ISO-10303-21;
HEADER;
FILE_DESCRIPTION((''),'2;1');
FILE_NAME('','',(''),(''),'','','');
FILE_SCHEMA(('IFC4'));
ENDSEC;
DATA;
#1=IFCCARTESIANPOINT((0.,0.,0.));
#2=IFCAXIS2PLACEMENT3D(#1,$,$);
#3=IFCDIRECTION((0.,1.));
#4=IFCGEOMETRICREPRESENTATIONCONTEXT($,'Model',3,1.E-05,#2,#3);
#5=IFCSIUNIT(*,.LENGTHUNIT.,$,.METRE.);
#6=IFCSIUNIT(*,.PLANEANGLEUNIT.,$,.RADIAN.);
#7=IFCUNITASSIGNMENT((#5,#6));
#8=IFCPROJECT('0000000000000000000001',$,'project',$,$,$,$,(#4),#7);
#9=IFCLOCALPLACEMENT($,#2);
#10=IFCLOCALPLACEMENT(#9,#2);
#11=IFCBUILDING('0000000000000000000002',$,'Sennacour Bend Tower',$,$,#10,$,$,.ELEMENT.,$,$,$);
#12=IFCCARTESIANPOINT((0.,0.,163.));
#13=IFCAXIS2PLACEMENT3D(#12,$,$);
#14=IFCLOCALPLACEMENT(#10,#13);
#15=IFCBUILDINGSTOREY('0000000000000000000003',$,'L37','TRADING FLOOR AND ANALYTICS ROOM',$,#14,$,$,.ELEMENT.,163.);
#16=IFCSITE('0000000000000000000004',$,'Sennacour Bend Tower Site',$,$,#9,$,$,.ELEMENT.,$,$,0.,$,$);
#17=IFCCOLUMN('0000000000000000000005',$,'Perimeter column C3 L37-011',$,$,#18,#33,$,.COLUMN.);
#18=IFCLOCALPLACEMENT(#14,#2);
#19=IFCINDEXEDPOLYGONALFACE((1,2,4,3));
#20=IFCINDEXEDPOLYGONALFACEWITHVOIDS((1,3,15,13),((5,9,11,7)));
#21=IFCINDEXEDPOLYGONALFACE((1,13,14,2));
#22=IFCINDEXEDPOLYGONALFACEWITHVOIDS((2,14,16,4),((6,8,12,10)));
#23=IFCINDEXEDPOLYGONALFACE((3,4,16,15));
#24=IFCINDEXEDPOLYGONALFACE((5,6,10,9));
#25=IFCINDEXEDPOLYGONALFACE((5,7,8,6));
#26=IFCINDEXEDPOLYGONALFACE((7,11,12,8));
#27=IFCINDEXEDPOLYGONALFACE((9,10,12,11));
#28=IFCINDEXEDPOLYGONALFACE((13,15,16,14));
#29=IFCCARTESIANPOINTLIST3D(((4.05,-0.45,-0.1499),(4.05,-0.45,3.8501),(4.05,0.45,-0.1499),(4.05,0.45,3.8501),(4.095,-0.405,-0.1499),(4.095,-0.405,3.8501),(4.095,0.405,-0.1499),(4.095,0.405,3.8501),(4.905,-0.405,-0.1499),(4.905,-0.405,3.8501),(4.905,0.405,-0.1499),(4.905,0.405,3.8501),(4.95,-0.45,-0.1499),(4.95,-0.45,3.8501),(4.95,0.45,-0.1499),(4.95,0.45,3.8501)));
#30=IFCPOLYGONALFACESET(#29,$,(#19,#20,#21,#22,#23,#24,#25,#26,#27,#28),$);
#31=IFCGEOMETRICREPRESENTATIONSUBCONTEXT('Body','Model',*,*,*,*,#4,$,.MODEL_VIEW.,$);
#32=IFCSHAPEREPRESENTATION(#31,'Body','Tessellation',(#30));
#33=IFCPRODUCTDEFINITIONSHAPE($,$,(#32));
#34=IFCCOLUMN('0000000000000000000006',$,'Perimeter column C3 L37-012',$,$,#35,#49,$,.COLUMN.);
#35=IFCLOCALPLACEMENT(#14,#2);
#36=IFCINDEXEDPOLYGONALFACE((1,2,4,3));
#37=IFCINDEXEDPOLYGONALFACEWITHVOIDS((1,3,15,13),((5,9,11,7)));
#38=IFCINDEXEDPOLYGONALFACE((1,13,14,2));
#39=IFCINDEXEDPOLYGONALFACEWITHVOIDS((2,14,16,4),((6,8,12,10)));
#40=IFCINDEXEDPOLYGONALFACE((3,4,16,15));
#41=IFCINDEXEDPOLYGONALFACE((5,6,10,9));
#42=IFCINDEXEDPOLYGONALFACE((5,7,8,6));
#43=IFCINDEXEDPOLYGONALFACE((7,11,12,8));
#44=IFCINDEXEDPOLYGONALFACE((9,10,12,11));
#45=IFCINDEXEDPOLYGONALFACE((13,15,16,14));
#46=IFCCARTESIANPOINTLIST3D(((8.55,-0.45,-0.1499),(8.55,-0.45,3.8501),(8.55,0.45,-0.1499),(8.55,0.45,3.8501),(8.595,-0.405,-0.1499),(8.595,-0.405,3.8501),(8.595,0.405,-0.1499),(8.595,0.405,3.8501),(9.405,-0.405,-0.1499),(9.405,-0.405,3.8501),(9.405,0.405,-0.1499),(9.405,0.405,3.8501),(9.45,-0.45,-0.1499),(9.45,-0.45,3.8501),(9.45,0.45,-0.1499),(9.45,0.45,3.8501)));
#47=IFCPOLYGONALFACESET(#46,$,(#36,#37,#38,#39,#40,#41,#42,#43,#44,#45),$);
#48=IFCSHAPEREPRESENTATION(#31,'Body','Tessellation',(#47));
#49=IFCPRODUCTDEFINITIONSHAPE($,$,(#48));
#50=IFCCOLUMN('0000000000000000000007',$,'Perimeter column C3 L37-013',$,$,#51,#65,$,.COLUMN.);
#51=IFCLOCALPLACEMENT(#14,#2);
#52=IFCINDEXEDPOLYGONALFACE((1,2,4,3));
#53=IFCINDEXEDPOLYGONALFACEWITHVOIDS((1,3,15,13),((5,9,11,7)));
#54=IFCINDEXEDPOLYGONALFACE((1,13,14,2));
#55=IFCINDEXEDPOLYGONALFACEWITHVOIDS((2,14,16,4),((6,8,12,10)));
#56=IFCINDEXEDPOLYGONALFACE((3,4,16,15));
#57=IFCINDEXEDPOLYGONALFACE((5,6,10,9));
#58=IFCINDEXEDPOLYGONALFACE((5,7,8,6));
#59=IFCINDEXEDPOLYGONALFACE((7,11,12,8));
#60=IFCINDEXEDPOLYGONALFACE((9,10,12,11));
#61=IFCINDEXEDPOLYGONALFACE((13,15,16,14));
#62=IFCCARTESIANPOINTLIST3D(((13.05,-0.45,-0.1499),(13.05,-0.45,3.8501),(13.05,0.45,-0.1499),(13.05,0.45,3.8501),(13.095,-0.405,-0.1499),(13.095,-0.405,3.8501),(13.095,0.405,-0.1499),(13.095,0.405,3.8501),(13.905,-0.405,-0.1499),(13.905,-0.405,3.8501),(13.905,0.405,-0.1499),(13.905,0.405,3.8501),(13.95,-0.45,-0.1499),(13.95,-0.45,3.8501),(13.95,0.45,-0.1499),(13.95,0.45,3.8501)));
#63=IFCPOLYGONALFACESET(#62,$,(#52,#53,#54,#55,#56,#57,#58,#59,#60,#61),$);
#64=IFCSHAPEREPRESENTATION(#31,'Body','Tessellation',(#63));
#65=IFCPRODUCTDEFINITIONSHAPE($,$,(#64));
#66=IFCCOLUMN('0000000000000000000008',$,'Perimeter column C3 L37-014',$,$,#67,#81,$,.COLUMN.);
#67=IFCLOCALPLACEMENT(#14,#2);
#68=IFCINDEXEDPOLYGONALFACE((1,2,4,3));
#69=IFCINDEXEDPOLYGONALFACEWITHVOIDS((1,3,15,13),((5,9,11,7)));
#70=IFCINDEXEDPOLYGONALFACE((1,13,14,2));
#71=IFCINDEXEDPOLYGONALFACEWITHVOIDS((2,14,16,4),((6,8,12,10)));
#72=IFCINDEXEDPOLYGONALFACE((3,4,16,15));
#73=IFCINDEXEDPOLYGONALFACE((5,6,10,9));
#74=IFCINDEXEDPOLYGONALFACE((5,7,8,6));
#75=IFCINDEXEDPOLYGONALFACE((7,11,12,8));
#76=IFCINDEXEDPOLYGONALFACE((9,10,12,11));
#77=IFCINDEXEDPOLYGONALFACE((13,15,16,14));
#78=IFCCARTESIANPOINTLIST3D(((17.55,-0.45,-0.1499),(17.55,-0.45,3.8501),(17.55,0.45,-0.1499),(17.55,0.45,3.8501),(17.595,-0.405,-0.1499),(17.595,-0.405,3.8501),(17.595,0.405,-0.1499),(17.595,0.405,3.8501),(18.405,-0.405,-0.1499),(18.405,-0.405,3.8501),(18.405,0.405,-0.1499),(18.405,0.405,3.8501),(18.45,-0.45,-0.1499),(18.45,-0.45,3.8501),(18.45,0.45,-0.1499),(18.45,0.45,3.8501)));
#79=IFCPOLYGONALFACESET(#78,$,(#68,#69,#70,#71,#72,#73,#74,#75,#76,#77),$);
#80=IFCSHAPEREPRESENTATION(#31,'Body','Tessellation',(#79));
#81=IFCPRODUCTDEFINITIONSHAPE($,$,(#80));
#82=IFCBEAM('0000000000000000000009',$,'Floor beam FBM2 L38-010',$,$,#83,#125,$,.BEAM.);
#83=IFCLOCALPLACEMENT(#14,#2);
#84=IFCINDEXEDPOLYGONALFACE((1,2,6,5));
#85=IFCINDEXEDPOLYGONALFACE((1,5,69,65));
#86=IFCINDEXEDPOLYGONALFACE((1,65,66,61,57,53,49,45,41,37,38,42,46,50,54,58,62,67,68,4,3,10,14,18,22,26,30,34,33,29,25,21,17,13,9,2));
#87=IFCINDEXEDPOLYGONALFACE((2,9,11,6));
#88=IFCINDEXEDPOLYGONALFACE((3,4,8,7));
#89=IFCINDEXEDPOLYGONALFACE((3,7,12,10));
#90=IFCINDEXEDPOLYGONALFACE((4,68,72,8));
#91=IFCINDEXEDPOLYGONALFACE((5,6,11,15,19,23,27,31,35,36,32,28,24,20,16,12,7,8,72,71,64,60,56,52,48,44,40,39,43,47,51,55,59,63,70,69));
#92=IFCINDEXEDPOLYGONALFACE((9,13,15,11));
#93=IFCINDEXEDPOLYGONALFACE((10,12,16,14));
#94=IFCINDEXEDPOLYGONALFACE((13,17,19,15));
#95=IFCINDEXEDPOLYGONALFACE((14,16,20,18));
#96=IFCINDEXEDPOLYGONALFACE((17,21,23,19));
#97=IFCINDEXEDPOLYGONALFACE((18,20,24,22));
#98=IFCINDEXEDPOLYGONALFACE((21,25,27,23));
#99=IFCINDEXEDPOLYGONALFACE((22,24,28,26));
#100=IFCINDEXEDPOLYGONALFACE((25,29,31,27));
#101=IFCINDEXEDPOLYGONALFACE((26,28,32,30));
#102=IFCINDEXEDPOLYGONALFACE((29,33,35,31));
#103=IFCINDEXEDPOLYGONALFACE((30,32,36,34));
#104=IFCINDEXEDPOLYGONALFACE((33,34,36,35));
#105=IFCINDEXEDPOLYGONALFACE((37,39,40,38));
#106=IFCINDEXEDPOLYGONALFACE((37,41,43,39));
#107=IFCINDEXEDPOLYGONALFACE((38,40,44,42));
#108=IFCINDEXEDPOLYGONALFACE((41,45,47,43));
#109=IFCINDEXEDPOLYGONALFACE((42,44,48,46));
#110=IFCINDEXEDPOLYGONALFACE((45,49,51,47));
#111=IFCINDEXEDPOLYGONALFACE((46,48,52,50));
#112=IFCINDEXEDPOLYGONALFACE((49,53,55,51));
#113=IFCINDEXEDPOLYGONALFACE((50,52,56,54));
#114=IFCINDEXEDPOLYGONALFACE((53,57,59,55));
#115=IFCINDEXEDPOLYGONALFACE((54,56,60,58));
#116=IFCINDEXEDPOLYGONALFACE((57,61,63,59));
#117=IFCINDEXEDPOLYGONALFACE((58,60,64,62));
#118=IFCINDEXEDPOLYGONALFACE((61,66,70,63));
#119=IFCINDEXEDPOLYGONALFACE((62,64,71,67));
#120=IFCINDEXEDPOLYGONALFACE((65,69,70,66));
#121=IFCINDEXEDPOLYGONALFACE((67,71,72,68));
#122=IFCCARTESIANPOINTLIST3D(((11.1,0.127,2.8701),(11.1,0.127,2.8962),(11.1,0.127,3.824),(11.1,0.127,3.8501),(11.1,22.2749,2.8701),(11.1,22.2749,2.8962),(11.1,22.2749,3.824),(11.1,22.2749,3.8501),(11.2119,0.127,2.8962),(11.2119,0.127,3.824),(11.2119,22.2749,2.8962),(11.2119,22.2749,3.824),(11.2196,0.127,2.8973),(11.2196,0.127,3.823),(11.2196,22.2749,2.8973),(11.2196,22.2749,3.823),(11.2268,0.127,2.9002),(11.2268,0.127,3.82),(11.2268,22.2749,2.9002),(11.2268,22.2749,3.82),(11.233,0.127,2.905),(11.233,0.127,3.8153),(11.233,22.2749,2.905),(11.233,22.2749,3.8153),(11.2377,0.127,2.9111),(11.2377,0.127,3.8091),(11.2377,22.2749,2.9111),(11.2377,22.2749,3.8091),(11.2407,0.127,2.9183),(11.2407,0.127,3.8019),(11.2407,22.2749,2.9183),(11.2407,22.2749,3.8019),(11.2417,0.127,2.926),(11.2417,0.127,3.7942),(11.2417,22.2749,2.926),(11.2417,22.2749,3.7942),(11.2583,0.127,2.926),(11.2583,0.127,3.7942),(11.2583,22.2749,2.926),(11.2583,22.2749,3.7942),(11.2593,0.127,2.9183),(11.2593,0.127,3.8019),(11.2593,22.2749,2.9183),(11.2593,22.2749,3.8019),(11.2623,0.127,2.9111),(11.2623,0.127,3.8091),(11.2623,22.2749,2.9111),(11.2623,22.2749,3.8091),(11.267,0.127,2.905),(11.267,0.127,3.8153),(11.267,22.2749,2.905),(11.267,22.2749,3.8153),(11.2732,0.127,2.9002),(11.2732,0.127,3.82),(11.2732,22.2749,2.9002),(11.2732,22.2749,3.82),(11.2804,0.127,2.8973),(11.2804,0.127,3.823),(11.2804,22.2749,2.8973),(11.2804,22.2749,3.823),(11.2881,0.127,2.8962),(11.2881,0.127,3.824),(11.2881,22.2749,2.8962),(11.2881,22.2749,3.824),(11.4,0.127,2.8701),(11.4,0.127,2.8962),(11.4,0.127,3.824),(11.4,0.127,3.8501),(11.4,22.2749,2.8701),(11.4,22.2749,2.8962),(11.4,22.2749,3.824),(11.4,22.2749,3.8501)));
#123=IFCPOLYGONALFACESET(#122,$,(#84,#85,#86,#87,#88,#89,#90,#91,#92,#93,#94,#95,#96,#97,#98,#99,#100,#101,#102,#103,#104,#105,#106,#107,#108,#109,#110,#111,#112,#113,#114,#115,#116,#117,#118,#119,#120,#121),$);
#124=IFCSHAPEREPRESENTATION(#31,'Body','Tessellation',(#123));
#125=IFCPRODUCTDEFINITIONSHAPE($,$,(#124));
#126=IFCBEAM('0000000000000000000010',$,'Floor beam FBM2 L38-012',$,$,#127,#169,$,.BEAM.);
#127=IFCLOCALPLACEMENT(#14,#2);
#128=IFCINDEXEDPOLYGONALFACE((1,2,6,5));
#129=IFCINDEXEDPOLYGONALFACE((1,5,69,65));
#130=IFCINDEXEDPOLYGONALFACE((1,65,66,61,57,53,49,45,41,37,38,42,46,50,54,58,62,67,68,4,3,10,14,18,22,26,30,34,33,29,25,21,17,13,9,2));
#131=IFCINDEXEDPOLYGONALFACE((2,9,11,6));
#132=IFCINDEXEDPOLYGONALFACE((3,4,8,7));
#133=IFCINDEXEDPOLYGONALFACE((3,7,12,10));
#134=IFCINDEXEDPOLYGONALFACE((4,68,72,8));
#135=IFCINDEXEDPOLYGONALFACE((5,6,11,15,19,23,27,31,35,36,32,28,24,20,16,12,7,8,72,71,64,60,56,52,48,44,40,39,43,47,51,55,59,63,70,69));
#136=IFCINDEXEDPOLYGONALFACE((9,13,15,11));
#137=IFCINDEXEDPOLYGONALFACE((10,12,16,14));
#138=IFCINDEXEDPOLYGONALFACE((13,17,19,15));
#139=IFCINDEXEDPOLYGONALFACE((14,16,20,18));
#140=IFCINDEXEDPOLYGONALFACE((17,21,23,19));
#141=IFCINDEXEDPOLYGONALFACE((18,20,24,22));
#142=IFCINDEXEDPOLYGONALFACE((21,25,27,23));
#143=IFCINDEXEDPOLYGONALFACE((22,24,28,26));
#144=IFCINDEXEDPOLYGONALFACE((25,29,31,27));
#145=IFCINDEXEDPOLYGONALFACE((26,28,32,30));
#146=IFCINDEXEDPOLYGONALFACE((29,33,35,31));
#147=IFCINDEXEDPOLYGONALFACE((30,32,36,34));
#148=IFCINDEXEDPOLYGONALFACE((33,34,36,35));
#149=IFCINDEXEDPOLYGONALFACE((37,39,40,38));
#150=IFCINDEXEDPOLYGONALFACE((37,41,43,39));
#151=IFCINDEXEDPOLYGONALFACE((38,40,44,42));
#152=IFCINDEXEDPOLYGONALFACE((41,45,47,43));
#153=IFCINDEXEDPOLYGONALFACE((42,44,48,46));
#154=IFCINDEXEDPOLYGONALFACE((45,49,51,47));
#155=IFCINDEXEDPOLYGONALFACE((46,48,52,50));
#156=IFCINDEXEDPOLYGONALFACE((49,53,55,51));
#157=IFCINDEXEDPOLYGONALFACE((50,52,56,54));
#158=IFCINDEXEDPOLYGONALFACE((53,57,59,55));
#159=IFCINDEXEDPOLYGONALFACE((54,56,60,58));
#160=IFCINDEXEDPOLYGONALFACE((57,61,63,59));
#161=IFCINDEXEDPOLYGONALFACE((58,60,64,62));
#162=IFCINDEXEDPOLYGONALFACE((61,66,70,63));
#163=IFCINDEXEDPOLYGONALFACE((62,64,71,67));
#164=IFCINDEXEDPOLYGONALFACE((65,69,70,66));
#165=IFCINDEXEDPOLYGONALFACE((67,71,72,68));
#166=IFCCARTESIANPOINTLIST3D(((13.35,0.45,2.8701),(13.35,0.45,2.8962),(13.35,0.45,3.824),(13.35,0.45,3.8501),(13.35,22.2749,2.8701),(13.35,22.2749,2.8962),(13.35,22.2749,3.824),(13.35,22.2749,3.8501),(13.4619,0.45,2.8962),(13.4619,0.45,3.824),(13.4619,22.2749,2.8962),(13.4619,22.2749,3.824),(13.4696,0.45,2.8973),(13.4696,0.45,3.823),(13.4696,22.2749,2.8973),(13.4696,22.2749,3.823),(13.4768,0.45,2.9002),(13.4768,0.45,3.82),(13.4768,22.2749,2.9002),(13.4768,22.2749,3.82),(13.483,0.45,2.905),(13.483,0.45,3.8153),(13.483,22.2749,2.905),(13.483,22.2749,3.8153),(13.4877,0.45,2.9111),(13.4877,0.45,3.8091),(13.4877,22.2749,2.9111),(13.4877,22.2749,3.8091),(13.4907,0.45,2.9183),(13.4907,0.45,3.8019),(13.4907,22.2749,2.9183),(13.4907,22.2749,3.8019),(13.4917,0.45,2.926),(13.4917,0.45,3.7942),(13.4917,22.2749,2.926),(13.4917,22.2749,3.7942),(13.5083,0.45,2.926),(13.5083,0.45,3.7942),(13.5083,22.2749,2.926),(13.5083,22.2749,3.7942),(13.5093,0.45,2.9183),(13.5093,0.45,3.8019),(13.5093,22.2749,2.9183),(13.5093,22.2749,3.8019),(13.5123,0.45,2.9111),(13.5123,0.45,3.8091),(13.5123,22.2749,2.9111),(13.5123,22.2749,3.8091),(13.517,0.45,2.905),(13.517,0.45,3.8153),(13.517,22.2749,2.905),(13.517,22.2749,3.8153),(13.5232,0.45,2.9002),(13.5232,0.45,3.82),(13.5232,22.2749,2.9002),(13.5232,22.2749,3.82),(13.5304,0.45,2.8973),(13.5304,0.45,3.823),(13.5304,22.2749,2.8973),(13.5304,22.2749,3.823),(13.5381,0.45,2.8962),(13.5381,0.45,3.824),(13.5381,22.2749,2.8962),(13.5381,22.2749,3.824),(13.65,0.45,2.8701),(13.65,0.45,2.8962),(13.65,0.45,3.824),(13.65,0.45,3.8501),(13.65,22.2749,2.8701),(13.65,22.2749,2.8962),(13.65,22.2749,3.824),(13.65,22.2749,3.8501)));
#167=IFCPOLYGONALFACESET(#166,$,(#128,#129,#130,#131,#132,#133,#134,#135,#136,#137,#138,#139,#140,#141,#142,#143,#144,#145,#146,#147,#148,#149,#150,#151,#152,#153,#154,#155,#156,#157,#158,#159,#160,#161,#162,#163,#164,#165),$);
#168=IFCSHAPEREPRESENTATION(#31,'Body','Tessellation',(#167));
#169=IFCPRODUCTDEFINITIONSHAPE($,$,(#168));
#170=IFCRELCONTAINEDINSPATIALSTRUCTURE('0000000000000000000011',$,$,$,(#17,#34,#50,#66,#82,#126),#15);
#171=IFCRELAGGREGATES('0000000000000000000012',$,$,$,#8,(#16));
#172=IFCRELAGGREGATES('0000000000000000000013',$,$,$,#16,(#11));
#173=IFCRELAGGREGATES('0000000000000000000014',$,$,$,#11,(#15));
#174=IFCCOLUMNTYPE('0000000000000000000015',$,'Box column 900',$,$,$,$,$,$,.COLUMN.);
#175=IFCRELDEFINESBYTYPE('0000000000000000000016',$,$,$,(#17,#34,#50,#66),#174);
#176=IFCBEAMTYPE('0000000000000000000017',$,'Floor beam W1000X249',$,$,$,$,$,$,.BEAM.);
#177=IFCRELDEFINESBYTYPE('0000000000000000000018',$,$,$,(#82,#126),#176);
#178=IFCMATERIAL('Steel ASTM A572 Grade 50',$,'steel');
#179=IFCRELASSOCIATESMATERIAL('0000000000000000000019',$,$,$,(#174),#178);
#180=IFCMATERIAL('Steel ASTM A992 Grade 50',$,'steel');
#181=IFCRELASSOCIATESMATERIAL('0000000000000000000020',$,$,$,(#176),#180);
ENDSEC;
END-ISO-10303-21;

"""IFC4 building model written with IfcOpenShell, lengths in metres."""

from ifc_helpers import new_model, si_unit, direction, frame, origin, origin_2d, place, context, subcontext, project, spatial, hollow_rectangle, i_section, extrude, material, material_profile, profile_set, type_object, element, save


model = new_model("IFC4")

# Units and contexts
model_context = context("Model", 3, precision=1e-05, world=origin(), true_north=direction((0.0, 1.0)))
body_context = subcontext(model_context, "Body", "Model", "MODEL_VIEW")
ifc_project = project(units=[si_unit("LENGTHUNIT", "METRE"), si_unit("PLANEANGLEUNIT", "RADIAN")], contexts=[model_context])

# Site, building, storey
site_placement = place(None, origin())
site = spatial("IfcSite", under=ifc_project, at=site_placement, Name="Sennacour Bend Tower Site", CompositionType="ELEMENT", RefElevation=0.0)
building_placement = place(site_placement, origin())
building = spatial("IfcBuilding", under=site, at=building_placement, Name="Sennacour Bend Tower", CompositionType="ELEMENT")
storey_placement = place(building_placement, frame((0.0, 0.0, 163.0)))
storey = spatial("IfcBuildingStorey", under=building, at=storey_placement, Name="L37", Description="TRADING FLOOR AND ANALYTICS ROOM", CompositionType="ELEMENT", Elevation=163.0)

# Columns
ifc_material_1 = material(Name="Steel ASTM A572 Grade 50", Category="steel")
ifc_material_profile_1 = material_profile(ifc_material_1, hollow_rectangle(XDim=0.8999, YDim=0.8999, WallThickness=0.0449, at=origin_2d()), Name="Steel ASTM A572 Grade 50", Category="steel")
ifc_profile_set_1 = profile_set([ifc_material_profile_1], Name="Steel ASTM A572 Grade 50")
column_type = type_object("IfcColumnType", Name="Box column 900", PredefinedType="COLUMN", material=ifc_profile_set_1)
for number, where, z_axis, x_axis, name in (
    (1, (4.5, 0.0, -0.1499), (0.0, 0.0, 1.0), (1.0, 0.0, 0.0), "Perimeter column C3 L37-011"),
    (2, (9.0, 0.0, -0.1499), (0.0, 0.0, 1.0), (1.0, 0.0, 0.0), "Perimeter column C3 L37-012"),
    (3, (13.5, 0.0, -0.1499), (0.0, 0.0, 1.0), (1.0, 0.0, 0.0), "Perimeter column C3 L37-013"),
    (4, (18.0, 0.0, -0.1499), (0.0, 0.0, 1.0), (1.0, 0.0, 0.0), "Perimeter column C3 L37-014"),
):
    element("IfcColumn", number, at=place(storey_placement, frame(where, z_axis=z_axis, x_axis=x_axis)), inside=storey, type_object=column_type, Name=name, PredefinedType="COLUMN", context=body_context, shape_type="SweptSolid", body=[
        extrude(hollow_rectangle(XDim=0.8999, YDim=0.8999, WallThickness=0.0449, at=origin_2d()), origin(), (0.0, 0.0, 1.0), 4.0),
    ])

# Beams
ifc_material_2 = material(Name="Steel ASTM A992 Grade 50", Category="steel")
ifc_material_profile_2 = material_profile(ifc_material_2, i_section(OverallWidth=0.3, OverallDepth=0.98, WebThickness=0.0166, FlangeThickness=0.0261, FilletRadius=0.0298, at=origin_2d()), Name="Steel ASTM A992 Grade 50", Category="steel")
ifc_profile_set_2 = profile_set([ifc_material_profile_2], Name="Steel ASTM A992 Grade 50")
beam_type_1 = type_object("IfcBeamType", Name="Floor beam W1000X249", PredefinedType="BEAM", material=ifc_profile_set_2)
beam_1_placement = place(storey_placement, frame((11.25, 0.127, 3.3601), z_axis=(0.0, 1.0, 0.0), x_axis=(-1.0, 0.0, 0.0)))
element("IfcBeam", 5, at=beam_1_placement, inside=storey, type_object=beam_type_1, Name="Floor beam FBM2 L38-010", PredefinedType="BEAM", context=body_context, shape_type="SweptSolid", body=[
    extrude(i_section(OverallWidth=0.3, OverallDepth=0.98, WebThickness=0.0166, FlangeThickness=0.0261, FilletRadius=0.0298, at=origin_2d()), origin(), (0.0, 0.0, 1.0), 22.1479),
])
beam_2_placement = place(storey_placement, frame((13.5, 0.45, 3.3601), z_axis=(0.0, 1.0, 0.0), x_axis=(-1.0, 0.0, 0.0)))
element("IfcBeam", 6, at=beam_2_placement, inside=storey, type_object=beam_type_1, Name="Floor beam FBM2 L38-012", PredefinedType="BEAM", context=body_context, shape_type="SweptSolid", body=[
    extrude(i_section(OverallWidth=0.3, OverallDepth=0.98, WebThickness=0.0166, FlangeThickness=0.0261, FilletRadius=0.0298, at=origin_2d()), origin(), (0.0, 0.0, 1.0), 21.825),
])

save(model, "model.ifc")
